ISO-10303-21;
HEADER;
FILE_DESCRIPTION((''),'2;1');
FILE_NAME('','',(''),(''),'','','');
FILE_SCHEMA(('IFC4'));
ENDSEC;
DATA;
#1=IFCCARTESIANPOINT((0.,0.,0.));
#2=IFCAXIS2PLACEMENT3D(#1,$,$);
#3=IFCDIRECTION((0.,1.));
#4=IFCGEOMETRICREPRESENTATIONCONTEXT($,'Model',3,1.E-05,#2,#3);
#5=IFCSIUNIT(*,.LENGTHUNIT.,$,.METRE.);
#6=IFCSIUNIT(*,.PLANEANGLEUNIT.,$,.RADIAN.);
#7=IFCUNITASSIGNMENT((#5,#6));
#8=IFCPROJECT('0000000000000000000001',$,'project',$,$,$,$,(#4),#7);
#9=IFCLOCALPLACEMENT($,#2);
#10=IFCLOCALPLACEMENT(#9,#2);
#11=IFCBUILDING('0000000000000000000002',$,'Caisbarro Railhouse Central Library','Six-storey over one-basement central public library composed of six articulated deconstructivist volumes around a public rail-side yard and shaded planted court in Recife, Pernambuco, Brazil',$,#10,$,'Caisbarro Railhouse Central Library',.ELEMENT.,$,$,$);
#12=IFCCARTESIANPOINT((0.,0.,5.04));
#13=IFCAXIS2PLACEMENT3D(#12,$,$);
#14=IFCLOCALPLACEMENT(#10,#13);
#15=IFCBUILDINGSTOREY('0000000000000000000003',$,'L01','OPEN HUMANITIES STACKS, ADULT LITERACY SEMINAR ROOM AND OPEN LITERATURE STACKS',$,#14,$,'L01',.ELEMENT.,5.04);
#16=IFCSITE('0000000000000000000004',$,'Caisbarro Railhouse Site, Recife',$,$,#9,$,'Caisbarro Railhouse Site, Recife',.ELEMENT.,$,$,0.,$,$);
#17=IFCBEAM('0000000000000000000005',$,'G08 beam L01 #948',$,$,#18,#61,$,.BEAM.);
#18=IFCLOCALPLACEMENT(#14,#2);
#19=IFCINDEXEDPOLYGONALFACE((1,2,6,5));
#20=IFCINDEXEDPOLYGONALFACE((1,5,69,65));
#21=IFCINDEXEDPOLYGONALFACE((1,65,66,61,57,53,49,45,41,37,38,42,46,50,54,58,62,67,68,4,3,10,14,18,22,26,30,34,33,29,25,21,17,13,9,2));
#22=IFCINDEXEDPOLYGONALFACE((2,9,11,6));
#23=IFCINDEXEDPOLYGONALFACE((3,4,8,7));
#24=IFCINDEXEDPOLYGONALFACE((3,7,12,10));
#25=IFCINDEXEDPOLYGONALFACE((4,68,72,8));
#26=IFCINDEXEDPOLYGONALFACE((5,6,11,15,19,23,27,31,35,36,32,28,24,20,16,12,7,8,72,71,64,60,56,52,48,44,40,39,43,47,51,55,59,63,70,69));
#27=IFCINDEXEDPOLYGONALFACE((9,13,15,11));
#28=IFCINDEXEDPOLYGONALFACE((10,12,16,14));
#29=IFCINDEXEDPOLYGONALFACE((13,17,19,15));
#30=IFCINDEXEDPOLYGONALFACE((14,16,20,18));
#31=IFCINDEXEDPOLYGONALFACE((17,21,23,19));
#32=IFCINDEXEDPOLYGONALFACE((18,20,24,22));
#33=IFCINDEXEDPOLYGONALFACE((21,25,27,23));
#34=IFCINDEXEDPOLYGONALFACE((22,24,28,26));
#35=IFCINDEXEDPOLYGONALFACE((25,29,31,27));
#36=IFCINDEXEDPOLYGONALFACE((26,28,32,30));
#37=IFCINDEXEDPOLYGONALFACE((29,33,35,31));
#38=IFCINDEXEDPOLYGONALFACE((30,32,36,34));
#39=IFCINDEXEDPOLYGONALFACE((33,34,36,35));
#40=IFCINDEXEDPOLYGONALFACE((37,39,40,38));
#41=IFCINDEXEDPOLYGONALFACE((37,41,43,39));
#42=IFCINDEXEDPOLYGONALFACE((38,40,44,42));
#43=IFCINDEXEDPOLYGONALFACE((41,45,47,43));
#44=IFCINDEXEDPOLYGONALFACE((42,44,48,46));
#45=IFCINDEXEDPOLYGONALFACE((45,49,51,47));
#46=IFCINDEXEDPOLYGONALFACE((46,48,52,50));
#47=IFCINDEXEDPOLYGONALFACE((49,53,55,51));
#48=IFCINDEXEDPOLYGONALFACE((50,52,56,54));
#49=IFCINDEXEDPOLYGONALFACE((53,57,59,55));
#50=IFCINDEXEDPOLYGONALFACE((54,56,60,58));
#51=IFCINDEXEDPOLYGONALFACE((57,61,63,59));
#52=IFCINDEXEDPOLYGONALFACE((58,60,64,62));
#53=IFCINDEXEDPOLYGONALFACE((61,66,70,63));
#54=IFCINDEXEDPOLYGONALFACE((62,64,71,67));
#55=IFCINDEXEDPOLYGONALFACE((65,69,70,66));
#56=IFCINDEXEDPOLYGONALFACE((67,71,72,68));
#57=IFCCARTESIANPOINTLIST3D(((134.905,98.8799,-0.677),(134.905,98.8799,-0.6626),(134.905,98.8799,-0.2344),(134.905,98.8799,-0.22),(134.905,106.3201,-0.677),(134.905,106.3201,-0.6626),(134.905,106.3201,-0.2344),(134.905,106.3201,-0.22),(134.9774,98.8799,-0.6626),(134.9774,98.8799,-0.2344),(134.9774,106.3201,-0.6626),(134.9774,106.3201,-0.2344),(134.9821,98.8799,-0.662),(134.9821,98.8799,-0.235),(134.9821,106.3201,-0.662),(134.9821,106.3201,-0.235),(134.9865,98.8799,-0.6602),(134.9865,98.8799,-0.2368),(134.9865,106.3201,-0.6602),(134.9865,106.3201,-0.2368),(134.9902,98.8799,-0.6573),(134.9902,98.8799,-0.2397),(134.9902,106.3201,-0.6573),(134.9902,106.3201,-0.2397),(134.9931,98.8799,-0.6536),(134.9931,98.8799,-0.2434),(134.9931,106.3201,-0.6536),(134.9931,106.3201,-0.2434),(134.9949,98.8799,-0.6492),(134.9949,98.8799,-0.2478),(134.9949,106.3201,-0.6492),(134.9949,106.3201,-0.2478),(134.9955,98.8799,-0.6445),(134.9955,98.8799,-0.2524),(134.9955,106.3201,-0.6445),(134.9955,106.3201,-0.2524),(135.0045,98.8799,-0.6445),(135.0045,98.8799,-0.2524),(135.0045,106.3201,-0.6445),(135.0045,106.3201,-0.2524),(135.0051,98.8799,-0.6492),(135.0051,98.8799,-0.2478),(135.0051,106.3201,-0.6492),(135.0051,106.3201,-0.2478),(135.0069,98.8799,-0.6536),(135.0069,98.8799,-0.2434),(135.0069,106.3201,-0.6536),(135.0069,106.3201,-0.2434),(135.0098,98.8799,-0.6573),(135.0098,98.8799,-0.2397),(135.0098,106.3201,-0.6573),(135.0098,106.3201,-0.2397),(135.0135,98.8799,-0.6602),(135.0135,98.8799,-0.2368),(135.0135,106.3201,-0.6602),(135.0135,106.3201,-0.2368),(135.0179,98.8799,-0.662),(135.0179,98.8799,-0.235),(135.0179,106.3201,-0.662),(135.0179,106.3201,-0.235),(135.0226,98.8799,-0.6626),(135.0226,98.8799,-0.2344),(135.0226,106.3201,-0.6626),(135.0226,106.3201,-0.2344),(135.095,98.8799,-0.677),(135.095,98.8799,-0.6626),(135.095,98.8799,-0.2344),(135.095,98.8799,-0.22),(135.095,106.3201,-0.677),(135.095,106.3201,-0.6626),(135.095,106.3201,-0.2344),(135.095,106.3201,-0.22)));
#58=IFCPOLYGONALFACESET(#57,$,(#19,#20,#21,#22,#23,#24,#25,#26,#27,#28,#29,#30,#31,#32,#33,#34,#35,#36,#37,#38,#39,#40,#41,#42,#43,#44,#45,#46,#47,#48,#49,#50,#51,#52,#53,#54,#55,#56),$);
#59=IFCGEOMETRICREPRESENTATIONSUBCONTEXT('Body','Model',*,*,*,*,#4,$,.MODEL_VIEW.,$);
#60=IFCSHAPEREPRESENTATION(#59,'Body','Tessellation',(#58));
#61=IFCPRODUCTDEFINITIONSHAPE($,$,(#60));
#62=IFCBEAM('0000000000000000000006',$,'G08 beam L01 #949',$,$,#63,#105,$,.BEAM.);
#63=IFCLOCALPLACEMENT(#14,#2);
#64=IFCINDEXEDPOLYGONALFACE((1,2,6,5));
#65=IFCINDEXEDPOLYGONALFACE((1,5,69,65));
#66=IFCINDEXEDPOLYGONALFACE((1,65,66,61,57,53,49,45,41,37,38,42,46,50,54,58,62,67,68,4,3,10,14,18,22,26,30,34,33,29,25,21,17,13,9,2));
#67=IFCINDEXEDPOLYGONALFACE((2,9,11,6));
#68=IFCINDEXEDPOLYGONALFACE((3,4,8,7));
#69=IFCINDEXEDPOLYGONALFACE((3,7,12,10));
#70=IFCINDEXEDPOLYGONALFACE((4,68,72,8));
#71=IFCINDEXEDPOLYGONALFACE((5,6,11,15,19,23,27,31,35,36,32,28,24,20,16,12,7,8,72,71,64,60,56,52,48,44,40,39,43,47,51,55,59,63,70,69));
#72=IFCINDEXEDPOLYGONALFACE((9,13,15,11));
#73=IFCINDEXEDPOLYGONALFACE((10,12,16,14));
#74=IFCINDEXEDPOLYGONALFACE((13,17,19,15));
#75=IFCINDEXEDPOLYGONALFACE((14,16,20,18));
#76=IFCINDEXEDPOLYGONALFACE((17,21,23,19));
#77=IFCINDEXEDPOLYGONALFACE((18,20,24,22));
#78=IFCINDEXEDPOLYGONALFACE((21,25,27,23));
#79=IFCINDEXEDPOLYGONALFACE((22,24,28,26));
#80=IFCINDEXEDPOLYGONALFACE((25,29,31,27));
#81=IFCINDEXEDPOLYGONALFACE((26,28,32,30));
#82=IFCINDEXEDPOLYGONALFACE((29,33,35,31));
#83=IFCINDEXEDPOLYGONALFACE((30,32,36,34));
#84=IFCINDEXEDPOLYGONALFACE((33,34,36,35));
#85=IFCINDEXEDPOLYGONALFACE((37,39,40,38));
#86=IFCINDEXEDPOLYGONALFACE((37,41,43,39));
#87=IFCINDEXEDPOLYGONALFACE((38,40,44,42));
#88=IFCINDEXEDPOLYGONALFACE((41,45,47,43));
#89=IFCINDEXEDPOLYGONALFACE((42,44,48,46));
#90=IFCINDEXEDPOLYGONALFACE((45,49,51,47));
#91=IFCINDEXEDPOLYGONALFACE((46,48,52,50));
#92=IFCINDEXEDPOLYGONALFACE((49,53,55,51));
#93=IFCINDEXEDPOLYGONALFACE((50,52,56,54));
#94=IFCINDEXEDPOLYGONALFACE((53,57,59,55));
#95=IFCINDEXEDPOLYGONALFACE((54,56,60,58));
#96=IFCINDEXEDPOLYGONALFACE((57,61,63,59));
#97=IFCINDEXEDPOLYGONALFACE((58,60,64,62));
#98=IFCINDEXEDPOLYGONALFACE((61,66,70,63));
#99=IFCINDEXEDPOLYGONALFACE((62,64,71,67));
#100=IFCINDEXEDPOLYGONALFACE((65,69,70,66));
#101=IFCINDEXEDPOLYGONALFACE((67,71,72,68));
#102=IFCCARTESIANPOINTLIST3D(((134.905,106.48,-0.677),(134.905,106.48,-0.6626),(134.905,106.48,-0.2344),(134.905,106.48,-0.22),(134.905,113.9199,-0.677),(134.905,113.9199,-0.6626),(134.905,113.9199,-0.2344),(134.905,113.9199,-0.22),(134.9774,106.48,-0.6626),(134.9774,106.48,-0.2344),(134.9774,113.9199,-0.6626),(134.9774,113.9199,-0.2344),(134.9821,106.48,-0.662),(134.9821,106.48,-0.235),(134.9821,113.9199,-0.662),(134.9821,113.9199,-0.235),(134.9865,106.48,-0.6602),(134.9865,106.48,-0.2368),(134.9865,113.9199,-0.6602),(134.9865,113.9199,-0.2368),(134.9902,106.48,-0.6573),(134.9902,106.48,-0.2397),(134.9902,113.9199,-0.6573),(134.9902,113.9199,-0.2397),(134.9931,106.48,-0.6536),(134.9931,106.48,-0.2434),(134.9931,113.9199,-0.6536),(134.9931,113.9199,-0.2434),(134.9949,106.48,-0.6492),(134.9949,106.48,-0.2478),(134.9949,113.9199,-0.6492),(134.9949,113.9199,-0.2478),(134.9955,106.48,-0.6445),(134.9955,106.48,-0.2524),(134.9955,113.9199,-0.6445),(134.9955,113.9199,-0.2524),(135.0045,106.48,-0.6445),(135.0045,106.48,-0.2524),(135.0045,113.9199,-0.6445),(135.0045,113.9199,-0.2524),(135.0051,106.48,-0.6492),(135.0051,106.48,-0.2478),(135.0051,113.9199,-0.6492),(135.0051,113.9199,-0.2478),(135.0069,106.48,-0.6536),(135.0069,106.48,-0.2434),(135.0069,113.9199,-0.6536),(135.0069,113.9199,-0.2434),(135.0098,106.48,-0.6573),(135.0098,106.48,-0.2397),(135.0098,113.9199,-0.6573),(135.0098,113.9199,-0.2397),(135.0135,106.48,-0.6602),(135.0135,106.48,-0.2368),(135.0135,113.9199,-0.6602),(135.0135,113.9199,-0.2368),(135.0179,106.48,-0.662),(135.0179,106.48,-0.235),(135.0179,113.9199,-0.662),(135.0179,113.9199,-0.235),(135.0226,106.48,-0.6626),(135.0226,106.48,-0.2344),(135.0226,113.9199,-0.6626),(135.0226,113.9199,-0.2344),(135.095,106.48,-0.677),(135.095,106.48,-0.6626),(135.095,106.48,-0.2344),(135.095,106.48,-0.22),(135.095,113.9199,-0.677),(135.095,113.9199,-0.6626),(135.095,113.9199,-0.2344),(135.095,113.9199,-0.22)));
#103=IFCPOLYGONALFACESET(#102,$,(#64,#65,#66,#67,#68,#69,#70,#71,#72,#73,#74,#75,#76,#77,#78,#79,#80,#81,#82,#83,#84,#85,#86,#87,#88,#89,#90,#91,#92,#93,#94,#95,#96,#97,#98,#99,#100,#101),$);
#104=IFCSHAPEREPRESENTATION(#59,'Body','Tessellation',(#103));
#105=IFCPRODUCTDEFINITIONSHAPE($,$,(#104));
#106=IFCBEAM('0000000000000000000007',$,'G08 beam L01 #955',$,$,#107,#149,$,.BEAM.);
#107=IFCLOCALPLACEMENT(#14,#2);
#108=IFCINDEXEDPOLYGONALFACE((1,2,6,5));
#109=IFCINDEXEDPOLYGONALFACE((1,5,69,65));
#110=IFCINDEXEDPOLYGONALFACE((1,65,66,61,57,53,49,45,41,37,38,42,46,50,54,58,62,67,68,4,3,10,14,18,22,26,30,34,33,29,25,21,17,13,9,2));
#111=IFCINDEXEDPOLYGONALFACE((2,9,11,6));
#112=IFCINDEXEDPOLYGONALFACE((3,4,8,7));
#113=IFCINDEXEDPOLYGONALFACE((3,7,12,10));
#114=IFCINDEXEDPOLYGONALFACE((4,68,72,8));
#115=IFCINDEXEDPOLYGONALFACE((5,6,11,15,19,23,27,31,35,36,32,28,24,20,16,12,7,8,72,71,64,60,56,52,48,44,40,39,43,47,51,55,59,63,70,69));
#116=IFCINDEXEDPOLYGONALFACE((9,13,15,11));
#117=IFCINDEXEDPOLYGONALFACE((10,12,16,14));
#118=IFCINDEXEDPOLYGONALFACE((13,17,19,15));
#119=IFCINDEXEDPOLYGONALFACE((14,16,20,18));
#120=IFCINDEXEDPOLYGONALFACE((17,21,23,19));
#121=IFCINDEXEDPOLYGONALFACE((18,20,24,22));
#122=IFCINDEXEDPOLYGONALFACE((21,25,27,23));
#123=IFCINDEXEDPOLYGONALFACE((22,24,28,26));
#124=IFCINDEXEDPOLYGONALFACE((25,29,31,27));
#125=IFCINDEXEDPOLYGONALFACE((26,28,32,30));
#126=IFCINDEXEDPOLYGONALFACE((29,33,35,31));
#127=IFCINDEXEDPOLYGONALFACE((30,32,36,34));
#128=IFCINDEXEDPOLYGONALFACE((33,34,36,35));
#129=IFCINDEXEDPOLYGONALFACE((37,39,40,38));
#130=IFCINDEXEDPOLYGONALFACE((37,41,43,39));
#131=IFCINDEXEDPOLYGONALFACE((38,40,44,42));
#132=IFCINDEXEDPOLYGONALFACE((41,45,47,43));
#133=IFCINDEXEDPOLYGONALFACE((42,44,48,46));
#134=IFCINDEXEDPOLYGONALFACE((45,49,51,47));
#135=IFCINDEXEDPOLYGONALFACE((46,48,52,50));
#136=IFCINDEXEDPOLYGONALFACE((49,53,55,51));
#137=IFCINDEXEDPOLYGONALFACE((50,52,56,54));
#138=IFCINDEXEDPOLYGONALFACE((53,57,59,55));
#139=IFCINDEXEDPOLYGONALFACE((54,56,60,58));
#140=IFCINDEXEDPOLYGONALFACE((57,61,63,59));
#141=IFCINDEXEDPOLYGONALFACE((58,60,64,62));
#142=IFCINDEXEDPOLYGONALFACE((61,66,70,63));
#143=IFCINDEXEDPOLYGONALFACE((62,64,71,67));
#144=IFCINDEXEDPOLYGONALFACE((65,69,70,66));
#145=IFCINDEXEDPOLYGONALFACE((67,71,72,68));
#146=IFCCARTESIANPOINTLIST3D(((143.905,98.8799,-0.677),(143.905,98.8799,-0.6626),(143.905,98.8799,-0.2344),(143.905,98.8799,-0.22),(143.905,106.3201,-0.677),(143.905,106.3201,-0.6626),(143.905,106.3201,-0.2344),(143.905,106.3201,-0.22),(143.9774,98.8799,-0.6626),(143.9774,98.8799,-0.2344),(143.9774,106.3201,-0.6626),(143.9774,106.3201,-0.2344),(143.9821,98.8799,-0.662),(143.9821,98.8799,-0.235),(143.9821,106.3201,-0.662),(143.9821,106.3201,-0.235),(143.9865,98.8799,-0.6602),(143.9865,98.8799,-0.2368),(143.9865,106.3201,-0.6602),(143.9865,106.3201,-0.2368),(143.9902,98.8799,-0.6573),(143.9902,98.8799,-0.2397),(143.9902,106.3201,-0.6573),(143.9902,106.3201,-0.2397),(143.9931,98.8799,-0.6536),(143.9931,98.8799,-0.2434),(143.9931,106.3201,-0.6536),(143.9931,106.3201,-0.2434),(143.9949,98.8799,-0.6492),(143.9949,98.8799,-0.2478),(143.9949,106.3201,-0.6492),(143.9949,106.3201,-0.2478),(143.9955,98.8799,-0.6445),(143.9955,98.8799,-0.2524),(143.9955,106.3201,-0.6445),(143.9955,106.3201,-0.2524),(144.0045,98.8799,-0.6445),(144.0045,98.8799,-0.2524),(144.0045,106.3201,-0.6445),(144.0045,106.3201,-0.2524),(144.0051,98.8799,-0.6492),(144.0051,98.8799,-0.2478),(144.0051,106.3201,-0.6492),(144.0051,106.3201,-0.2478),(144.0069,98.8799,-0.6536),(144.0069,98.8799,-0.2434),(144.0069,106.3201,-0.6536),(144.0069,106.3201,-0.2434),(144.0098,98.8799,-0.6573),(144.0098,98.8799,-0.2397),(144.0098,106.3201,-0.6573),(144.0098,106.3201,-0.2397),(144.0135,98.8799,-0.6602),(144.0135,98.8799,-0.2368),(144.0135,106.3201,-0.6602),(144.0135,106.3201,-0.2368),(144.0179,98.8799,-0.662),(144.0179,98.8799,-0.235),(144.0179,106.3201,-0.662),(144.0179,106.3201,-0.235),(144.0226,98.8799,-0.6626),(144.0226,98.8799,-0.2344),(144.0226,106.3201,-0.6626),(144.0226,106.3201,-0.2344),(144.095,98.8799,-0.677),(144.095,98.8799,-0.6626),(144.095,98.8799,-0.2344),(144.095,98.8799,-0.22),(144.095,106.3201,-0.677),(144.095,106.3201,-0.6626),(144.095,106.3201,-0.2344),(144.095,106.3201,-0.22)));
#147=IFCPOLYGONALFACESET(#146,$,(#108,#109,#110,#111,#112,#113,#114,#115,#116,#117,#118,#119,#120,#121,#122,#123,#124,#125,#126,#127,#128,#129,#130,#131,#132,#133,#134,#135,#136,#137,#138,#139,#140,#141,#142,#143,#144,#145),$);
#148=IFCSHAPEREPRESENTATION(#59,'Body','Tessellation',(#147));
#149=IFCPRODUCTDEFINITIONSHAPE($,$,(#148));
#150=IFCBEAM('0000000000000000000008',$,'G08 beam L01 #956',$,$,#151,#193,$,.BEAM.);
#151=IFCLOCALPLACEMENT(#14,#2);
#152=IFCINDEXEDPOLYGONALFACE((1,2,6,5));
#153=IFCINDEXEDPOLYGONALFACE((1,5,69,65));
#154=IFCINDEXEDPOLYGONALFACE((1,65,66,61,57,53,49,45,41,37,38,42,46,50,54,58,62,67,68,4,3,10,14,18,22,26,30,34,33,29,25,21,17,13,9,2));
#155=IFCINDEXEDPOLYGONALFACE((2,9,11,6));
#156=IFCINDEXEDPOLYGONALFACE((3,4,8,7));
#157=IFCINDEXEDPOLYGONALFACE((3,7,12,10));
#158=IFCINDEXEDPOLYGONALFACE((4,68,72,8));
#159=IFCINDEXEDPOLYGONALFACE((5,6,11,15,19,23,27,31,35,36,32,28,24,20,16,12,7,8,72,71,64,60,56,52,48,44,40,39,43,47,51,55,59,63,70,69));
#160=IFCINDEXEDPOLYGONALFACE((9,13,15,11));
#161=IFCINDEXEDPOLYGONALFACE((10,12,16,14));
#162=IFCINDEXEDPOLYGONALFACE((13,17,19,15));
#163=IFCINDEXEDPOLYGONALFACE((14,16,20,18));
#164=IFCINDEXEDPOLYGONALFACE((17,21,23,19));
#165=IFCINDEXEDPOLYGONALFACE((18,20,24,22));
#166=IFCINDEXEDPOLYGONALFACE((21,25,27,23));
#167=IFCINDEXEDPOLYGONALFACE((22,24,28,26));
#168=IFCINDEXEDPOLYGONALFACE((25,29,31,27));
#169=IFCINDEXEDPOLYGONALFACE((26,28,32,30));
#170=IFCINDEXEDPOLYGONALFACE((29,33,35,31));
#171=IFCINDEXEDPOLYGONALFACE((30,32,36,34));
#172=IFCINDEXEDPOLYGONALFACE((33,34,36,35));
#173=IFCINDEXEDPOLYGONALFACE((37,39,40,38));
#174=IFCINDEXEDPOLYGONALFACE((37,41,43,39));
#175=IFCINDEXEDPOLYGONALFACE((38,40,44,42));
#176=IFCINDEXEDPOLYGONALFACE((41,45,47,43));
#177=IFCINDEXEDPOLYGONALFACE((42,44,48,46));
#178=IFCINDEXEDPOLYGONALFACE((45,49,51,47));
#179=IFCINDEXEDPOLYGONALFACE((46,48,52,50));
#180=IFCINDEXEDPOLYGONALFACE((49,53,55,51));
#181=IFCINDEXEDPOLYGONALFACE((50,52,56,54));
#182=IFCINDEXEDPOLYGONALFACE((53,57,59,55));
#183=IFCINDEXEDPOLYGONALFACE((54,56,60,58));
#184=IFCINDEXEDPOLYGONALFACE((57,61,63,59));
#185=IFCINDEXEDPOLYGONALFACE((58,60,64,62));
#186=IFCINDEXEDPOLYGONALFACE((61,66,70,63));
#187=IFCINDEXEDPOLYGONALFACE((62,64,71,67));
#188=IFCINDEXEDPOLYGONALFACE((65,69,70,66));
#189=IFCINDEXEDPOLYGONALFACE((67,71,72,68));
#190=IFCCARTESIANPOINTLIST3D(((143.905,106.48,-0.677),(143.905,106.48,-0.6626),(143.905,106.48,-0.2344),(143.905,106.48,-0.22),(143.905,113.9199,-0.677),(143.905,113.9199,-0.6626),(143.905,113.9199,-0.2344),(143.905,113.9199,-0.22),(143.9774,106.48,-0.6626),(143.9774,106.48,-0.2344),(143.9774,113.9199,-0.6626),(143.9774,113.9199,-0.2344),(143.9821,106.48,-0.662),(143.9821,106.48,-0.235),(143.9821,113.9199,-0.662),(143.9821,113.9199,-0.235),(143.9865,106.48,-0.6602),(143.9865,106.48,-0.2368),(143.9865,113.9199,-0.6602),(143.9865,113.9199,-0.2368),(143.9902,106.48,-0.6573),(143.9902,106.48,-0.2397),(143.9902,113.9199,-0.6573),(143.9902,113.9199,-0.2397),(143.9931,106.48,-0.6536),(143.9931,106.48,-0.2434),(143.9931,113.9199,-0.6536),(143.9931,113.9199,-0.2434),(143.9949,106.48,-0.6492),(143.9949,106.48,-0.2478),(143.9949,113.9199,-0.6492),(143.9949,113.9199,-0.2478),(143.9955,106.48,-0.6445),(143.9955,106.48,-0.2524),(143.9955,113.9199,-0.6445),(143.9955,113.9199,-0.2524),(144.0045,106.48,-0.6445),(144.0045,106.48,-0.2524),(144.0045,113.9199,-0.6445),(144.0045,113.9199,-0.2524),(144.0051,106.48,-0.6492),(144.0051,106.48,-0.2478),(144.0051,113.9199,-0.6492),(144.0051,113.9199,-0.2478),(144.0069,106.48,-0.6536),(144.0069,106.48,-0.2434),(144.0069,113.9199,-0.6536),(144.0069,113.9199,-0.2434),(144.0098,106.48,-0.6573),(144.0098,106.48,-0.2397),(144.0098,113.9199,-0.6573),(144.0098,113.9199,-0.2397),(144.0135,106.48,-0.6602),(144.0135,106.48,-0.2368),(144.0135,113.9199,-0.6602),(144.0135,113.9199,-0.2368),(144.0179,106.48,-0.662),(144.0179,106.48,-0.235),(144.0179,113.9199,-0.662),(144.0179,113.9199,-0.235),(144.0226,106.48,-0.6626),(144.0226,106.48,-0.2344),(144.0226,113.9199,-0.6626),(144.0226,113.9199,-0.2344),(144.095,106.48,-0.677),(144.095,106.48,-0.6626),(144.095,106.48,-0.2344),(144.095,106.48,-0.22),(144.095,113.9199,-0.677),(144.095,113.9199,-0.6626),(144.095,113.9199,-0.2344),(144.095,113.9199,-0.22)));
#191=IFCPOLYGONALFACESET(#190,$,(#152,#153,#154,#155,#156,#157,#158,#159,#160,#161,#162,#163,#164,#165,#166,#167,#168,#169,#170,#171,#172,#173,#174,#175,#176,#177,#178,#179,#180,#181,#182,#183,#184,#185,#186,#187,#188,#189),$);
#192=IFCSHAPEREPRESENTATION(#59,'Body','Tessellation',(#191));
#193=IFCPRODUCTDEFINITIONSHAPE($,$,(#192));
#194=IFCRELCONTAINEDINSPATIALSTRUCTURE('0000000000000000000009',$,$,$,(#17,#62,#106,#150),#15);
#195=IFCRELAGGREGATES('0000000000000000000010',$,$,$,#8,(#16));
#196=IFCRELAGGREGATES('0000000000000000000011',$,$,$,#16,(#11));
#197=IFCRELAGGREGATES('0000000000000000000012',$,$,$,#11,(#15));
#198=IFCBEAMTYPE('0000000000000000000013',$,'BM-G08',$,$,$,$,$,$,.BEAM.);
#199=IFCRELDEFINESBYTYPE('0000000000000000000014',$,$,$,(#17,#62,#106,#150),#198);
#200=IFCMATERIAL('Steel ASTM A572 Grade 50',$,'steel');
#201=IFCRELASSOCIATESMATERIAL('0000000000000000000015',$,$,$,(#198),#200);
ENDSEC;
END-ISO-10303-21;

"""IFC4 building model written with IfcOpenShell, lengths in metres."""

from ifc_helpers import new_model, si_unit, direction, frame, origin, origin_2d, place, context, subcontext, project, spatial, i_section, extrude, material, material_profile, profile_set, type_object, element, save


model = new_model("IFC4")

# Units and contexts
model_context = context("Model", 3, precision=1e-05, world=origin(), true_north=direction((0.0, 1.0)))
body_context = subcontext(model_context, "Body", "Model", "MODEL_VIEW")
ifc_project = project(units=[si_unit("LENGTHUNIT", "METRE"), si_unit("PLANEANGLEUNIT", "RADIAN")], contexts=[model_context])

# Site, building, storey
site_placement = place(None, origin())
site = spatial("IfcSite", under=ifc_project, at=site_placement, Name="Caisbarro Railhouse Site, Recife", LongName="Caisbarro Railhouse Site, Recife", CompositionType="ELEMENT", RefElevation=0.0)
building_placement = place(site_placement, origin())
building = spatial("IfcBuilding", under=site, at=building_placement, Name="Caisbarro Railhouse Central Library", Description="Six-storey over one-basement central public library composed of six articulated deconstructivist volumes around a public rail-side yard and shaded planted court in Recife, Pernambuco, Brazil", LongName="Caisbarro Railhouse Central Library", CompositionType="ELEMENT")
storey_placement = place(building_placement, frame((0.0, 0.0, 5.04)))
storey = spatial("IfcBuildingStorey", under=building, at=storey_placement, Name="L01", Description="OPEN HUMANITIES STACKS, ADULT LITERACY SEMINAR ROOM AND OPEN LITERATURE STACKS", LongName="L01", CompositionType="ELEMENT", Elevation=5.04)

# Shared definitions
ifc_material_1 = material(Name="Steel ASTM A572 Grade 50", Category="steel")

# Beams
ifc_material_profile_1 = material_profile(ifc_material_1, i_section(OverallWidth=0.1899, OverallDepth=0.457, WebThickness=0.009, FlangeThickness=0.0144, FilletRadius=0.0181, at=origin_2d()), Name="W460X74.0")
ifc_profile_set_1 = profile_set([ifc_material_profile_1], Name="Steel ASTM A572 Grade 50")
beam_type_1 = type_object("IfcBeamType", Name="BM-G08", PredefinedType="BEAM", material=ifc_profile_set_1)
beam_1_placement = place(storey_placement, frame((135.0, 98.8799, -0.4485), z_axis=(0.0, 1.0, 0.0), x_axis=(-1.0, 0.0, 0.0)))
element("IfcBeam", 1, at=beam_1_placement, inside=storey, type_object=beam_type_1, Name="G08 beam L01 #948", PredefinedType="BEAM", context=body_context, shape_type="SweptSolid", body=[
    extrude(i_section(OverallWidth=0.1899, OverallDepth=0.457, WebThickness=0.009, FlangeThickness=0.0144, FilletRadius=0.0181, at=origin_2d()), origin(), (0.0, 0.0, 1.0), 7.4402),
])
beam_2_placement = place(storey_placement, frame((135.0, 106.48, -0.4485), z_axis=(0.0, 1.0, 0.0), x_axis=(-1.0, 0.0, 0.0)))
element("IfcBeam", 2, at=beam_2_placement, inside=storey, type_object=beam_type_1, Name="G08 beam L01 #949", PredefinedType="BEAM", context=body_context, shape_type="SweptSolid", body=[
    extrude(i_section(OverallWidth=0.1899, OverallDepth=0.457, WebThickness=0.009, FlangeThickness=0.0144, FilletRadius=0.0181, at=origin_2d()), origin(), (0.0, 0.0, 1.0), 7.4399),
])
beam_3_placement = place(storey_placement, frame((144.0, 98.8799, -0.4485), z_axis=(0.0, 1.0, 0.0), x_axis=(-1.0, 0.0, 0.0)))
element("IfcBeam", 3, at=beam_3_placement, inside=storey, type_object=beam_type_1, Name="G08 beam L01 #955", PredefinedType="BEAM", context=body_context, shape_type="SweptSolid", body=[
    extrude(i_section(OverallWidth=0.1899, OverallDepth=0.457, WebThickness=0.009, FlangeThickness=0.0144, FilletRadius=0.0181, at=origin_2d()), origin(), (0.0, 0.0, 1.0), 7.4402),
])
beam_4_placement = place(storey_placement, frame((144.0, 106.48, -0.4485), z_axis=(0.0, 1.0, 0.0), x_axis=(-1.0, 0.0, 0.0)))
element("IfcBeam", 4, at=beam_4_placement, inside=storey, type_object=beam_type_1, Name="G08 beam L01 #956", PredefinedType="BEAM", context=body_context, shape_type="SweptSolid", body=[
    extrude(i_section(OverallWidth=0.1899, OverallDepth=0.457, WebThickness=0.009, FlangeThickness=0.0144, FilletRadius=0.0181, at=origin_2d()), origin(), (0.0, 0.0, 1.0), 7.4399),
])

save(model, "model.ifc")
